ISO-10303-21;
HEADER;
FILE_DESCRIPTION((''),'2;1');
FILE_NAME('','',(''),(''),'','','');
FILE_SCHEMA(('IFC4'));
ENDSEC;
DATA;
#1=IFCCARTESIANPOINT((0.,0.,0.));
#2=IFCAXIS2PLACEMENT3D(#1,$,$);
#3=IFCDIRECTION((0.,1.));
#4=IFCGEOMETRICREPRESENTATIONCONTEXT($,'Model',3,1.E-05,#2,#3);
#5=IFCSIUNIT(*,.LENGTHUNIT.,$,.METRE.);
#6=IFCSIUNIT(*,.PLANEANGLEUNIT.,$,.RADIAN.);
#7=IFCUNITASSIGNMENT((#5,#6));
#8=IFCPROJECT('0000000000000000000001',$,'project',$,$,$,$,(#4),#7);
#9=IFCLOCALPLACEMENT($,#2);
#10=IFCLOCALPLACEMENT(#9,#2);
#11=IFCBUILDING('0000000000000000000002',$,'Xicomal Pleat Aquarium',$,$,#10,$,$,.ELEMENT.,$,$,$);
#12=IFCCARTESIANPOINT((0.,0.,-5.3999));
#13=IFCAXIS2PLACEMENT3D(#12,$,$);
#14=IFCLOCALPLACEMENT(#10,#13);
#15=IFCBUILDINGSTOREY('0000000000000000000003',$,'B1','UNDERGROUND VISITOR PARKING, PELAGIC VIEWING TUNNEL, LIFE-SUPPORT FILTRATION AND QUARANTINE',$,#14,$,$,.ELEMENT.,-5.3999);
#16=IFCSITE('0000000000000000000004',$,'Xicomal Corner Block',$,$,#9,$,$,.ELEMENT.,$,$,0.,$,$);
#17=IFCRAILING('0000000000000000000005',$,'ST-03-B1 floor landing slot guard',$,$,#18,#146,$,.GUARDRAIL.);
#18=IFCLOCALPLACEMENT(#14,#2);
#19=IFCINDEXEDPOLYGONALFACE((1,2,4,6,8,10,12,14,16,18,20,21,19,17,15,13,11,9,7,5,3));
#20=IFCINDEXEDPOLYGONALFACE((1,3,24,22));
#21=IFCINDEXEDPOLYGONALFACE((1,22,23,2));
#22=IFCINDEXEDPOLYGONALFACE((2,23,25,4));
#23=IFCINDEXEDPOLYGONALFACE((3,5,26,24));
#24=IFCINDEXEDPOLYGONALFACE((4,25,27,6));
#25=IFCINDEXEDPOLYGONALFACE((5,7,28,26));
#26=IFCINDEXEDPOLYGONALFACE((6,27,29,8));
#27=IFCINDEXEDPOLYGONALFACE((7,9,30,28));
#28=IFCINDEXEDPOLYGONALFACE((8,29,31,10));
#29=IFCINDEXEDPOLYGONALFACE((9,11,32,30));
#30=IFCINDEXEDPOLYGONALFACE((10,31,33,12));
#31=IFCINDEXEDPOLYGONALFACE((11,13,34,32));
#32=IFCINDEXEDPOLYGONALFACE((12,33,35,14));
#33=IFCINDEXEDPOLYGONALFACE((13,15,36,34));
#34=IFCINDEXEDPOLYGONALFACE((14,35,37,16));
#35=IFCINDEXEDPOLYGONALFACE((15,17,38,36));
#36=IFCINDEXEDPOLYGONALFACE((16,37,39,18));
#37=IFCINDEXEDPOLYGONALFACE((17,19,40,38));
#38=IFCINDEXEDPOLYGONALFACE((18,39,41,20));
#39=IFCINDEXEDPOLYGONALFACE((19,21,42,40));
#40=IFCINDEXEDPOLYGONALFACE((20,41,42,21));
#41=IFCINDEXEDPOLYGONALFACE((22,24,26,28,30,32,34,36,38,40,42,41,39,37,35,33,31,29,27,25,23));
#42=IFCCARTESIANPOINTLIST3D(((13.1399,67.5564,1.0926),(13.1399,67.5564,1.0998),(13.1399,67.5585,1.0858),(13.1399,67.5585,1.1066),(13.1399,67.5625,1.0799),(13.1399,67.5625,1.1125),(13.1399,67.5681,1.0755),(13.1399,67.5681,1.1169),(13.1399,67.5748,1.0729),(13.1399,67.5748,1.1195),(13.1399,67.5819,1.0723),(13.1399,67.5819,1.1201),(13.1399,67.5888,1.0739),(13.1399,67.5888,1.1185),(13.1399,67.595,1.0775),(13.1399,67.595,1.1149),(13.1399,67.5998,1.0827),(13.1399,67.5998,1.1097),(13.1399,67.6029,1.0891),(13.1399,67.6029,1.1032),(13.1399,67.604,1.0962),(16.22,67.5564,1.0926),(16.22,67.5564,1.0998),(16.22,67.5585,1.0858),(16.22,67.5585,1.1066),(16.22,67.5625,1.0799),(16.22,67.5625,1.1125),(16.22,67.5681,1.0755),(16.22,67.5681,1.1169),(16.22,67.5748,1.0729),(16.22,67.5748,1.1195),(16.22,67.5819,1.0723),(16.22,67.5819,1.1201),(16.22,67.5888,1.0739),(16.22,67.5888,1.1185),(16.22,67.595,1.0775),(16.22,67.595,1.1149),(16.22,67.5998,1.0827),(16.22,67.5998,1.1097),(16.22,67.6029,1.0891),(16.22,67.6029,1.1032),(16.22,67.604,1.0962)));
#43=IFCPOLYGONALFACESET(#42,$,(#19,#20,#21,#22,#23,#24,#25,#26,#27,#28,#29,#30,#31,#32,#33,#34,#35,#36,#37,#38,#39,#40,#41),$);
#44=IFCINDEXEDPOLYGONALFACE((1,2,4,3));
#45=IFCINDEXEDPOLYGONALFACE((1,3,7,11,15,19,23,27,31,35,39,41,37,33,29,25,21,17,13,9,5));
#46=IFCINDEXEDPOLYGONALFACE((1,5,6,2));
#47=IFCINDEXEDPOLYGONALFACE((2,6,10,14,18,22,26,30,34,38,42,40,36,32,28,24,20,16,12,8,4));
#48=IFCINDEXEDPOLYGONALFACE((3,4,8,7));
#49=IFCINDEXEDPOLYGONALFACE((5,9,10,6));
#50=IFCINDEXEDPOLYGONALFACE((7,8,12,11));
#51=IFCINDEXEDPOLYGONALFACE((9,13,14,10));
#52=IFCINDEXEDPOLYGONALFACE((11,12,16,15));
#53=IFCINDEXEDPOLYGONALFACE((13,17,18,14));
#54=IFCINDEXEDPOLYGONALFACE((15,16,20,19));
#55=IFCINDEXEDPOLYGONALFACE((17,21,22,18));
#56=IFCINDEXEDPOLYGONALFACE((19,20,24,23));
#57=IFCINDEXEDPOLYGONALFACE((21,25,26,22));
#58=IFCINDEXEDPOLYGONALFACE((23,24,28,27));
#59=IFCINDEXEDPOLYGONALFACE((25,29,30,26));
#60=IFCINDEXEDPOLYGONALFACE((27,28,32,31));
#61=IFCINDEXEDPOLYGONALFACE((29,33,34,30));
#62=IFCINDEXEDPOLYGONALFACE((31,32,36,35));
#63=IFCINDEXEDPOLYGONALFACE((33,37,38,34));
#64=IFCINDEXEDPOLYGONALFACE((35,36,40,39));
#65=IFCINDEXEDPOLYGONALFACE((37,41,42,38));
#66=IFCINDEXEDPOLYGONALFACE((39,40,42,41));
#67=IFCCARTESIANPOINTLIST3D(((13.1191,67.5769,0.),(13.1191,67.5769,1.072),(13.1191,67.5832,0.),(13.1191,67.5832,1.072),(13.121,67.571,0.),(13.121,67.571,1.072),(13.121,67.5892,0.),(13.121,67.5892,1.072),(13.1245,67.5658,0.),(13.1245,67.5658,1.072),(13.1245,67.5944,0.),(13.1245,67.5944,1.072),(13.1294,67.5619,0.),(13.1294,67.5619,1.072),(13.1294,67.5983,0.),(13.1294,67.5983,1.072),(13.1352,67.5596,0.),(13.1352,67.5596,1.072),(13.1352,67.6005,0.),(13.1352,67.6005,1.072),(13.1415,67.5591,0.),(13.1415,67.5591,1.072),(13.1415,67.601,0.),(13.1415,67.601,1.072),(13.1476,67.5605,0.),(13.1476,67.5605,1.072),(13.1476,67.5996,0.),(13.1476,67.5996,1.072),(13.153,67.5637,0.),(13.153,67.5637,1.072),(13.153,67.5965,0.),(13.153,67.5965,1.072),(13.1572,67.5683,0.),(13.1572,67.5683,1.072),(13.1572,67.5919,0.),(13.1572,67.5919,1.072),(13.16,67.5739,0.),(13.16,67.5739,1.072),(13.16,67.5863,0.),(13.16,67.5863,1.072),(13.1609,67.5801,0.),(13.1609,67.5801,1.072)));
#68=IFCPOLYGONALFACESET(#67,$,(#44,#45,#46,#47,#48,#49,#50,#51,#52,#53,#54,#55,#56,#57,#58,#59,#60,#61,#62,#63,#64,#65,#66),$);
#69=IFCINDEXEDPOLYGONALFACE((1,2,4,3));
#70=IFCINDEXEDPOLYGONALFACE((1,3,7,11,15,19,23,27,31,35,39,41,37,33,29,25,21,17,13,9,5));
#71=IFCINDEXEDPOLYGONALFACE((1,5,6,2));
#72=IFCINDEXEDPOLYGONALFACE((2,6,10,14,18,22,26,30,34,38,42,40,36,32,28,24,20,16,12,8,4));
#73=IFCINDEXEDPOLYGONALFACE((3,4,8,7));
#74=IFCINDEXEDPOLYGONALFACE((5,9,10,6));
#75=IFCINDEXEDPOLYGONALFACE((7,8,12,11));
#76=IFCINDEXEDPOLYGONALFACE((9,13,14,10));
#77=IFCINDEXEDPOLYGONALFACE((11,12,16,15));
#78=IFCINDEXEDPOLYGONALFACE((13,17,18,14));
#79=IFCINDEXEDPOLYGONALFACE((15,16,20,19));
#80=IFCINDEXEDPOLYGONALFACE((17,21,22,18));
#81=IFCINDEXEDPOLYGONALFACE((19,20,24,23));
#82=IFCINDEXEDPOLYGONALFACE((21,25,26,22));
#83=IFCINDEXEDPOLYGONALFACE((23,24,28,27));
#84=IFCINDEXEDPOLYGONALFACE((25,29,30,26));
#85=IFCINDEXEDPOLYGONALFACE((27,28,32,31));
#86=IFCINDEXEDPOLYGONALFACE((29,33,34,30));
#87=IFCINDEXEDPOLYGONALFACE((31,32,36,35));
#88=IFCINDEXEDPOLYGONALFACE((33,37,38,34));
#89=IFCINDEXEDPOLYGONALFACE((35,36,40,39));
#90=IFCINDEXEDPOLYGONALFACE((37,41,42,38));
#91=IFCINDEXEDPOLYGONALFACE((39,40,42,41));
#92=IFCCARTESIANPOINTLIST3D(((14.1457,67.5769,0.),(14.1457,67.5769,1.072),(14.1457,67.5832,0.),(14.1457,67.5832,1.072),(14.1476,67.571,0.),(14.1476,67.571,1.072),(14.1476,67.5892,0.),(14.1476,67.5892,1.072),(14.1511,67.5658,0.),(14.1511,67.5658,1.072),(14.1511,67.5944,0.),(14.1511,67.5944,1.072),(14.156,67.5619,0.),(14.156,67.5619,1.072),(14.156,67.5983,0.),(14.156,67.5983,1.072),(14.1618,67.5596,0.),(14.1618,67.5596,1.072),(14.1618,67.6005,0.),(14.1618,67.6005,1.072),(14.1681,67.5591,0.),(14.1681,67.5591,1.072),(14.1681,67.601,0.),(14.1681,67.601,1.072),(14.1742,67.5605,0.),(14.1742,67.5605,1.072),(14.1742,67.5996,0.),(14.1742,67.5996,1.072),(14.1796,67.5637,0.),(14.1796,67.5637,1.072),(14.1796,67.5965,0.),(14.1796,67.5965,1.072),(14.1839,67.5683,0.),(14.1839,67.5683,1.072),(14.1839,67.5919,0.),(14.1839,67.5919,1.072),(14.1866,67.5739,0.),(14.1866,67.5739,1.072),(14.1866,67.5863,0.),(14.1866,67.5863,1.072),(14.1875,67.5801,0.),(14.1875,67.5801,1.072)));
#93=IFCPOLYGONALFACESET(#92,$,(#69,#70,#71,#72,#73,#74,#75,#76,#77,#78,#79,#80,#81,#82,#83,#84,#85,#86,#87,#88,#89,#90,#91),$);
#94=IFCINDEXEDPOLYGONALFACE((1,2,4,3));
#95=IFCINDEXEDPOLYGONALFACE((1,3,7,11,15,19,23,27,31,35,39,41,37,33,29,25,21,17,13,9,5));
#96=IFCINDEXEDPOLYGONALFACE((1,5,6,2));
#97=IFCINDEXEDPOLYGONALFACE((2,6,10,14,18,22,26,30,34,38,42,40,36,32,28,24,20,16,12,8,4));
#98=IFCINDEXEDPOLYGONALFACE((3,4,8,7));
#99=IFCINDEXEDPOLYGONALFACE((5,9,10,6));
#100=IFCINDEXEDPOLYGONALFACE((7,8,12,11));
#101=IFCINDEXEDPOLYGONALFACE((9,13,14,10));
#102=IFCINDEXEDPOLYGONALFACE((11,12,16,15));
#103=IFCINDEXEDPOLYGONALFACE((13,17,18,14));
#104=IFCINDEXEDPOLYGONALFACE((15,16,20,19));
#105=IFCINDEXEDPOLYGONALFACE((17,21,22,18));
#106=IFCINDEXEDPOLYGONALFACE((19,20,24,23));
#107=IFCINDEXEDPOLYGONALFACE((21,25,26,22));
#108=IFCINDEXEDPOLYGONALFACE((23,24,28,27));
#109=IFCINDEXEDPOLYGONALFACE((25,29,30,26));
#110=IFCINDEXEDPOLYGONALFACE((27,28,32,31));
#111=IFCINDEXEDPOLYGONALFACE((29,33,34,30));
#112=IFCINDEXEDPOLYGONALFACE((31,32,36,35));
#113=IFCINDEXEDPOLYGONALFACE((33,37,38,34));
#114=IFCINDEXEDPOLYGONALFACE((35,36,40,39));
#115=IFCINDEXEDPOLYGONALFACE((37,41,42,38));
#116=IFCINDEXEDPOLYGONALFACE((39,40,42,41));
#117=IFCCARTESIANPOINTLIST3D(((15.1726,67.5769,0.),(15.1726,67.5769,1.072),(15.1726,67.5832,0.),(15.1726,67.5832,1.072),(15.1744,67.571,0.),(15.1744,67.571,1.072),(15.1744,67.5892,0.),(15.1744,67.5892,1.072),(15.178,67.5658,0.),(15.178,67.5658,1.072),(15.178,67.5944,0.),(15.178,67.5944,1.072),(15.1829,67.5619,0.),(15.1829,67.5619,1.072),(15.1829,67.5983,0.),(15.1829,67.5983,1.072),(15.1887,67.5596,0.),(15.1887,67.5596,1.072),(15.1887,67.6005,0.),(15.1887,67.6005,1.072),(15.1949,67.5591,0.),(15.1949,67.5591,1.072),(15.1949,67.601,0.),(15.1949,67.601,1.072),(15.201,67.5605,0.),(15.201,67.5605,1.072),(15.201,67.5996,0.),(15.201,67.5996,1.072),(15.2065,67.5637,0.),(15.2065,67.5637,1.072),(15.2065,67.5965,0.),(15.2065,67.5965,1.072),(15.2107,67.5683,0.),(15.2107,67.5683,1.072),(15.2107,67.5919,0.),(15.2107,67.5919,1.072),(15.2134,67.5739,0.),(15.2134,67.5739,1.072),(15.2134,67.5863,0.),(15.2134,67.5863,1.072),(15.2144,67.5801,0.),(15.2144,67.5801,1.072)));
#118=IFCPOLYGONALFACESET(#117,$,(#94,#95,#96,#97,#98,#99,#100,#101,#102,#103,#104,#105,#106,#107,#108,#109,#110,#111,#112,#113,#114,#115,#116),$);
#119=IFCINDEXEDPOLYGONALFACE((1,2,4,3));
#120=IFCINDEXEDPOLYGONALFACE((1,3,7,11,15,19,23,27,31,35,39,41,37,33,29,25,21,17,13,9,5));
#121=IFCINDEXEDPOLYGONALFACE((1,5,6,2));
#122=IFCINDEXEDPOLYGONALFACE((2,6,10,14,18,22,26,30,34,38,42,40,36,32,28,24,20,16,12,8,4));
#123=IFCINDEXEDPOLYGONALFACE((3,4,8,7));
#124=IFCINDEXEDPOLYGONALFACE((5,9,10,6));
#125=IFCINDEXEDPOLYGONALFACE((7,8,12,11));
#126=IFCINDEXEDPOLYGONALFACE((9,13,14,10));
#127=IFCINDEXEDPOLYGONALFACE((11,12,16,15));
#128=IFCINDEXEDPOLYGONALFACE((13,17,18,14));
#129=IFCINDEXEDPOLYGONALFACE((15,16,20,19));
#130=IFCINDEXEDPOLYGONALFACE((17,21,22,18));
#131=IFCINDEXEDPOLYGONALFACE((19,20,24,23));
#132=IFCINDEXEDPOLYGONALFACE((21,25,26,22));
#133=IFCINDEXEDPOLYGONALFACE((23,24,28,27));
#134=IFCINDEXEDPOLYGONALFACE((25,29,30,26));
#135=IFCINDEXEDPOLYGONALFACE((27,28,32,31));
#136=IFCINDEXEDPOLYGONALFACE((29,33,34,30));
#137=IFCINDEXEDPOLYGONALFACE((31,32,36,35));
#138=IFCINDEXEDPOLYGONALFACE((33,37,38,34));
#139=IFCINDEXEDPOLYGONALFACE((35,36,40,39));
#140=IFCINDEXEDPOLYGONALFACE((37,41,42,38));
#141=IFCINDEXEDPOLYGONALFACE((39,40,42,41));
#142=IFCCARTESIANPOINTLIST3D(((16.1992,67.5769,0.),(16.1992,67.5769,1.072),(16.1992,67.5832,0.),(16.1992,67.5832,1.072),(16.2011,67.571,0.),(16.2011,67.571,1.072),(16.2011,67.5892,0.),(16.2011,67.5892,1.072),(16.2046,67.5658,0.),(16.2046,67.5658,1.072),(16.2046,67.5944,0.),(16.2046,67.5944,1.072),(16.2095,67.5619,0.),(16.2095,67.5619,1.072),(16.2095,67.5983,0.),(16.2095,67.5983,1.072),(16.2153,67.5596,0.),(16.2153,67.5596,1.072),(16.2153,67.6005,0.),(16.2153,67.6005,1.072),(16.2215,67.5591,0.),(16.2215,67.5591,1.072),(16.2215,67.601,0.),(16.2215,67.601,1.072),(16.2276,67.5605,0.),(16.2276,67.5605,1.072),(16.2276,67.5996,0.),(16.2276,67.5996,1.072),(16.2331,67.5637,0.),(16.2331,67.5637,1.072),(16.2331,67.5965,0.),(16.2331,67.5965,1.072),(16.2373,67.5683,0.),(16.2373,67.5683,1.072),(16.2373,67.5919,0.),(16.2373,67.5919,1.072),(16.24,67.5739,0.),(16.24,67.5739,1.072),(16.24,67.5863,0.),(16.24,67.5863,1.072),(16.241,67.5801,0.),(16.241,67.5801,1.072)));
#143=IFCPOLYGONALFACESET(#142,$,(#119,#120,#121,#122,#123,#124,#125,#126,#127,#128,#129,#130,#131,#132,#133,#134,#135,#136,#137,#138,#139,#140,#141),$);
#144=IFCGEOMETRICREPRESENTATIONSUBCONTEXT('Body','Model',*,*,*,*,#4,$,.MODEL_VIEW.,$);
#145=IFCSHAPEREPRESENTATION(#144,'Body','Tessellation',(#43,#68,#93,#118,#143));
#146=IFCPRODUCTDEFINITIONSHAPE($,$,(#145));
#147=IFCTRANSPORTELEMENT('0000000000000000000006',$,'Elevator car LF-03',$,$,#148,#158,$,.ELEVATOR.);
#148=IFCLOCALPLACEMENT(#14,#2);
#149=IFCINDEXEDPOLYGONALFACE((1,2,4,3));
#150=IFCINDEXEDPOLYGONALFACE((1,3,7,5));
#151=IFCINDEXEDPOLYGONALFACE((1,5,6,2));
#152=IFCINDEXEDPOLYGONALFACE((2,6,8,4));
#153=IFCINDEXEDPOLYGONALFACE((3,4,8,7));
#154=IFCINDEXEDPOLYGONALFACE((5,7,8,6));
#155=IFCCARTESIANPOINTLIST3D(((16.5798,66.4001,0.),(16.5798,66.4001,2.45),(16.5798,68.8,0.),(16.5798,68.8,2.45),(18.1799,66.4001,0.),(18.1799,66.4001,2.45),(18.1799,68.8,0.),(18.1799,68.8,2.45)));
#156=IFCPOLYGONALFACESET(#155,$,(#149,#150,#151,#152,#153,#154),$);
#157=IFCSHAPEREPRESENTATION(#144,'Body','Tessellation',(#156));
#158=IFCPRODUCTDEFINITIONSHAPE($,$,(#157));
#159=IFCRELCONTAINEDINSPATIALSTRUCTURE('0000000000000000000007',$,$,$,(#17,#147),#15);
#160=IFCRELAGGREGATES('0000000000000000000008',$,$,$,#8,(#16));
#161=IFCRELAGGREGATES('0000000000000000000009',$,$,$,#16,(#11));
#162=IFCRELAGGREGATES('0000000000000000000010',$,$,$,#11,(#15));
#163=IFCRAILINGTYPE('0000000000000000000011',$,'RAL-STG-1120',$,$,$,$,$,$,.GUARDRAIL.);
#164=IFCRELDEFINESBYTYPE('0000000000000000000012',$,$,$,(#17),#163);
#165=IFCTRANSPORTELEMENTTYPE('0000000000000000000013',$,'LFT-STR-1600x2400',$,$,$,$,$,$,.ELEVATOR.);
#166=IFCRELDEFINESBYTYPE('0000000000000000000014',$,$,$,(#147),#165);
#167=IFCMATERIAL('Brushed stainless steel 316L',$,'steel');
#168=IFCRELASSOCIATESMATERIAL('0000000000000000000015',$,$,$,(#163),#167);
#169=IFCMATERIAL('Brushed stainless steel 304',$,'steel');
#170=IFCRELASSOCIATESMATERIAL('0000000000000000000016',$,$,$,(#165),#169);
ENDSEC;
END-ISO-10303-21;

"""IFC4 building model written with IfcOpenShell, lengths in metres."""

from ifc_helpers import new_model, si_unit, direction, frame, origin, origin_2d, place, context, subcontext, project, spatial, rectangle, circle, extrude, material, type_object, element, save


model = new_model("IFC4")

# Units and contexts
model_context = context("Model", 3, precision=1e-05, world=origin(), true_north=direction((0.0, 1.0)))
body_context = subcontext(model_context, "Body", "Model", "MODEL_VIEW")
ifc_project = project(units=[si_unit("LENGTHUNIT", "METRE"), si_unit("PLANEANGLEUNIT", "RADIAN")], contexts=[model_context])

# Site, building, storey
site_placement = place(None, origin())
site = spatial("IfcSite", under=ifc_project, at=site_placement, Name="Xicomal Corner Block", CompositionType="ELEMENT", RefElevation=0.0)
building_placement = place(site_placement, origin())
building = spatial("IfcBuilding", under=site, at=building_placement, Name="Xicomal Pleat Aquarium", CompositionType="ELEMENT")
storey_placement = place(building_placement, frame((0.0, 0.0, -5.3999)))
storey = spatial("IfcBuildingStorey", under=building, at=storey_placement, Name="B1", Description="UNDERGROUND VISITOR PARKING, PELAGIC VIEWING TUNNEL, LIFE-SUPPORT FILTRATION AND QUARANTINE", CompositionType="ELEMENT", Elevation=-5.3999)

# Railing
ifc_material_1 = material(Name="Brushed stainless steel 316L", Category="steel")
railing_type = type_object("IfcRailingType", Name="RAL-STG-1120", PredefinedType="GUARDRAIL", material=ifc_material_1)
railing_1_placement = place(storey_placement, frame((13.1399, 67.5801, 0.0)))
element("IfcRailing", 1, at=railing_1_placement, inside=storey, type_object=railing_type, Name="ST-03-B1 floor landing slot guard", PredefinedType="GUARDRAIL", context=body_context, shape_type="SweptSolid", body=[
    extrude(circle(Radius=0.0239, at=origin_2d()), frame((0.0, 0.0, 1.0962), z_axis=(1.0, 0.0, 0.0), x_axis=(0.0, 1.0, 0.0)), (0.0, 0.0, 1.0), 3.0801),
    extrude(circle(Radius=0.021, at=origin_2d()), origin(), (0.0, 0.0, 1.0), 1.072),
    extrude(circle(Radius=0.021, at=origin_2d()), frame((1.0266, 0.0, 0.0)), (0.0, 0.0, 1.0), 1.072),
    extrude(circle(Radius=0.021, at=origin_2d()), frame((2.0535, 0.0, 0.0)), (0.0, 0.0, 1.0), 1.072),
    extrude(circle(Radius=0.021, at=origin_2d()), frame((3.0801, 0.0, 0.0)), (0.0, 0.0, 1.0), 1.072),
])

# Transport element
ifc_material_2 = material(Name="Brushed stainless steel 304", Category="steel")
transport_element_type = type_object("IfcTransportElementType", Name="LFT-STR-1600x2400", PredefinedType="ELEVATOR", material=ifc_material_2)
transport_element_placement = place(storey_placement, frame((17.3799, 67.6001, 0.0), z_axis=(0.0, 0.0, 1.0), x_axis=(1.0, 0.0, 0.0)))
element("IfcTransportElement", 2, at=transport_element_placement, inside=storey, type_object=transport_element_type, Name="Elevator car LF-03", PredefinedType="ELEVATOR", context=body_context, shape_type="SweptSolid", body=[
    extrude(rectangle(XDim=1.6001, YDim=2.3999, at=origin_2d()), origin(), (0.0, 0.0, 1.0), 2.45),
])

save(model, "model.ifc")
